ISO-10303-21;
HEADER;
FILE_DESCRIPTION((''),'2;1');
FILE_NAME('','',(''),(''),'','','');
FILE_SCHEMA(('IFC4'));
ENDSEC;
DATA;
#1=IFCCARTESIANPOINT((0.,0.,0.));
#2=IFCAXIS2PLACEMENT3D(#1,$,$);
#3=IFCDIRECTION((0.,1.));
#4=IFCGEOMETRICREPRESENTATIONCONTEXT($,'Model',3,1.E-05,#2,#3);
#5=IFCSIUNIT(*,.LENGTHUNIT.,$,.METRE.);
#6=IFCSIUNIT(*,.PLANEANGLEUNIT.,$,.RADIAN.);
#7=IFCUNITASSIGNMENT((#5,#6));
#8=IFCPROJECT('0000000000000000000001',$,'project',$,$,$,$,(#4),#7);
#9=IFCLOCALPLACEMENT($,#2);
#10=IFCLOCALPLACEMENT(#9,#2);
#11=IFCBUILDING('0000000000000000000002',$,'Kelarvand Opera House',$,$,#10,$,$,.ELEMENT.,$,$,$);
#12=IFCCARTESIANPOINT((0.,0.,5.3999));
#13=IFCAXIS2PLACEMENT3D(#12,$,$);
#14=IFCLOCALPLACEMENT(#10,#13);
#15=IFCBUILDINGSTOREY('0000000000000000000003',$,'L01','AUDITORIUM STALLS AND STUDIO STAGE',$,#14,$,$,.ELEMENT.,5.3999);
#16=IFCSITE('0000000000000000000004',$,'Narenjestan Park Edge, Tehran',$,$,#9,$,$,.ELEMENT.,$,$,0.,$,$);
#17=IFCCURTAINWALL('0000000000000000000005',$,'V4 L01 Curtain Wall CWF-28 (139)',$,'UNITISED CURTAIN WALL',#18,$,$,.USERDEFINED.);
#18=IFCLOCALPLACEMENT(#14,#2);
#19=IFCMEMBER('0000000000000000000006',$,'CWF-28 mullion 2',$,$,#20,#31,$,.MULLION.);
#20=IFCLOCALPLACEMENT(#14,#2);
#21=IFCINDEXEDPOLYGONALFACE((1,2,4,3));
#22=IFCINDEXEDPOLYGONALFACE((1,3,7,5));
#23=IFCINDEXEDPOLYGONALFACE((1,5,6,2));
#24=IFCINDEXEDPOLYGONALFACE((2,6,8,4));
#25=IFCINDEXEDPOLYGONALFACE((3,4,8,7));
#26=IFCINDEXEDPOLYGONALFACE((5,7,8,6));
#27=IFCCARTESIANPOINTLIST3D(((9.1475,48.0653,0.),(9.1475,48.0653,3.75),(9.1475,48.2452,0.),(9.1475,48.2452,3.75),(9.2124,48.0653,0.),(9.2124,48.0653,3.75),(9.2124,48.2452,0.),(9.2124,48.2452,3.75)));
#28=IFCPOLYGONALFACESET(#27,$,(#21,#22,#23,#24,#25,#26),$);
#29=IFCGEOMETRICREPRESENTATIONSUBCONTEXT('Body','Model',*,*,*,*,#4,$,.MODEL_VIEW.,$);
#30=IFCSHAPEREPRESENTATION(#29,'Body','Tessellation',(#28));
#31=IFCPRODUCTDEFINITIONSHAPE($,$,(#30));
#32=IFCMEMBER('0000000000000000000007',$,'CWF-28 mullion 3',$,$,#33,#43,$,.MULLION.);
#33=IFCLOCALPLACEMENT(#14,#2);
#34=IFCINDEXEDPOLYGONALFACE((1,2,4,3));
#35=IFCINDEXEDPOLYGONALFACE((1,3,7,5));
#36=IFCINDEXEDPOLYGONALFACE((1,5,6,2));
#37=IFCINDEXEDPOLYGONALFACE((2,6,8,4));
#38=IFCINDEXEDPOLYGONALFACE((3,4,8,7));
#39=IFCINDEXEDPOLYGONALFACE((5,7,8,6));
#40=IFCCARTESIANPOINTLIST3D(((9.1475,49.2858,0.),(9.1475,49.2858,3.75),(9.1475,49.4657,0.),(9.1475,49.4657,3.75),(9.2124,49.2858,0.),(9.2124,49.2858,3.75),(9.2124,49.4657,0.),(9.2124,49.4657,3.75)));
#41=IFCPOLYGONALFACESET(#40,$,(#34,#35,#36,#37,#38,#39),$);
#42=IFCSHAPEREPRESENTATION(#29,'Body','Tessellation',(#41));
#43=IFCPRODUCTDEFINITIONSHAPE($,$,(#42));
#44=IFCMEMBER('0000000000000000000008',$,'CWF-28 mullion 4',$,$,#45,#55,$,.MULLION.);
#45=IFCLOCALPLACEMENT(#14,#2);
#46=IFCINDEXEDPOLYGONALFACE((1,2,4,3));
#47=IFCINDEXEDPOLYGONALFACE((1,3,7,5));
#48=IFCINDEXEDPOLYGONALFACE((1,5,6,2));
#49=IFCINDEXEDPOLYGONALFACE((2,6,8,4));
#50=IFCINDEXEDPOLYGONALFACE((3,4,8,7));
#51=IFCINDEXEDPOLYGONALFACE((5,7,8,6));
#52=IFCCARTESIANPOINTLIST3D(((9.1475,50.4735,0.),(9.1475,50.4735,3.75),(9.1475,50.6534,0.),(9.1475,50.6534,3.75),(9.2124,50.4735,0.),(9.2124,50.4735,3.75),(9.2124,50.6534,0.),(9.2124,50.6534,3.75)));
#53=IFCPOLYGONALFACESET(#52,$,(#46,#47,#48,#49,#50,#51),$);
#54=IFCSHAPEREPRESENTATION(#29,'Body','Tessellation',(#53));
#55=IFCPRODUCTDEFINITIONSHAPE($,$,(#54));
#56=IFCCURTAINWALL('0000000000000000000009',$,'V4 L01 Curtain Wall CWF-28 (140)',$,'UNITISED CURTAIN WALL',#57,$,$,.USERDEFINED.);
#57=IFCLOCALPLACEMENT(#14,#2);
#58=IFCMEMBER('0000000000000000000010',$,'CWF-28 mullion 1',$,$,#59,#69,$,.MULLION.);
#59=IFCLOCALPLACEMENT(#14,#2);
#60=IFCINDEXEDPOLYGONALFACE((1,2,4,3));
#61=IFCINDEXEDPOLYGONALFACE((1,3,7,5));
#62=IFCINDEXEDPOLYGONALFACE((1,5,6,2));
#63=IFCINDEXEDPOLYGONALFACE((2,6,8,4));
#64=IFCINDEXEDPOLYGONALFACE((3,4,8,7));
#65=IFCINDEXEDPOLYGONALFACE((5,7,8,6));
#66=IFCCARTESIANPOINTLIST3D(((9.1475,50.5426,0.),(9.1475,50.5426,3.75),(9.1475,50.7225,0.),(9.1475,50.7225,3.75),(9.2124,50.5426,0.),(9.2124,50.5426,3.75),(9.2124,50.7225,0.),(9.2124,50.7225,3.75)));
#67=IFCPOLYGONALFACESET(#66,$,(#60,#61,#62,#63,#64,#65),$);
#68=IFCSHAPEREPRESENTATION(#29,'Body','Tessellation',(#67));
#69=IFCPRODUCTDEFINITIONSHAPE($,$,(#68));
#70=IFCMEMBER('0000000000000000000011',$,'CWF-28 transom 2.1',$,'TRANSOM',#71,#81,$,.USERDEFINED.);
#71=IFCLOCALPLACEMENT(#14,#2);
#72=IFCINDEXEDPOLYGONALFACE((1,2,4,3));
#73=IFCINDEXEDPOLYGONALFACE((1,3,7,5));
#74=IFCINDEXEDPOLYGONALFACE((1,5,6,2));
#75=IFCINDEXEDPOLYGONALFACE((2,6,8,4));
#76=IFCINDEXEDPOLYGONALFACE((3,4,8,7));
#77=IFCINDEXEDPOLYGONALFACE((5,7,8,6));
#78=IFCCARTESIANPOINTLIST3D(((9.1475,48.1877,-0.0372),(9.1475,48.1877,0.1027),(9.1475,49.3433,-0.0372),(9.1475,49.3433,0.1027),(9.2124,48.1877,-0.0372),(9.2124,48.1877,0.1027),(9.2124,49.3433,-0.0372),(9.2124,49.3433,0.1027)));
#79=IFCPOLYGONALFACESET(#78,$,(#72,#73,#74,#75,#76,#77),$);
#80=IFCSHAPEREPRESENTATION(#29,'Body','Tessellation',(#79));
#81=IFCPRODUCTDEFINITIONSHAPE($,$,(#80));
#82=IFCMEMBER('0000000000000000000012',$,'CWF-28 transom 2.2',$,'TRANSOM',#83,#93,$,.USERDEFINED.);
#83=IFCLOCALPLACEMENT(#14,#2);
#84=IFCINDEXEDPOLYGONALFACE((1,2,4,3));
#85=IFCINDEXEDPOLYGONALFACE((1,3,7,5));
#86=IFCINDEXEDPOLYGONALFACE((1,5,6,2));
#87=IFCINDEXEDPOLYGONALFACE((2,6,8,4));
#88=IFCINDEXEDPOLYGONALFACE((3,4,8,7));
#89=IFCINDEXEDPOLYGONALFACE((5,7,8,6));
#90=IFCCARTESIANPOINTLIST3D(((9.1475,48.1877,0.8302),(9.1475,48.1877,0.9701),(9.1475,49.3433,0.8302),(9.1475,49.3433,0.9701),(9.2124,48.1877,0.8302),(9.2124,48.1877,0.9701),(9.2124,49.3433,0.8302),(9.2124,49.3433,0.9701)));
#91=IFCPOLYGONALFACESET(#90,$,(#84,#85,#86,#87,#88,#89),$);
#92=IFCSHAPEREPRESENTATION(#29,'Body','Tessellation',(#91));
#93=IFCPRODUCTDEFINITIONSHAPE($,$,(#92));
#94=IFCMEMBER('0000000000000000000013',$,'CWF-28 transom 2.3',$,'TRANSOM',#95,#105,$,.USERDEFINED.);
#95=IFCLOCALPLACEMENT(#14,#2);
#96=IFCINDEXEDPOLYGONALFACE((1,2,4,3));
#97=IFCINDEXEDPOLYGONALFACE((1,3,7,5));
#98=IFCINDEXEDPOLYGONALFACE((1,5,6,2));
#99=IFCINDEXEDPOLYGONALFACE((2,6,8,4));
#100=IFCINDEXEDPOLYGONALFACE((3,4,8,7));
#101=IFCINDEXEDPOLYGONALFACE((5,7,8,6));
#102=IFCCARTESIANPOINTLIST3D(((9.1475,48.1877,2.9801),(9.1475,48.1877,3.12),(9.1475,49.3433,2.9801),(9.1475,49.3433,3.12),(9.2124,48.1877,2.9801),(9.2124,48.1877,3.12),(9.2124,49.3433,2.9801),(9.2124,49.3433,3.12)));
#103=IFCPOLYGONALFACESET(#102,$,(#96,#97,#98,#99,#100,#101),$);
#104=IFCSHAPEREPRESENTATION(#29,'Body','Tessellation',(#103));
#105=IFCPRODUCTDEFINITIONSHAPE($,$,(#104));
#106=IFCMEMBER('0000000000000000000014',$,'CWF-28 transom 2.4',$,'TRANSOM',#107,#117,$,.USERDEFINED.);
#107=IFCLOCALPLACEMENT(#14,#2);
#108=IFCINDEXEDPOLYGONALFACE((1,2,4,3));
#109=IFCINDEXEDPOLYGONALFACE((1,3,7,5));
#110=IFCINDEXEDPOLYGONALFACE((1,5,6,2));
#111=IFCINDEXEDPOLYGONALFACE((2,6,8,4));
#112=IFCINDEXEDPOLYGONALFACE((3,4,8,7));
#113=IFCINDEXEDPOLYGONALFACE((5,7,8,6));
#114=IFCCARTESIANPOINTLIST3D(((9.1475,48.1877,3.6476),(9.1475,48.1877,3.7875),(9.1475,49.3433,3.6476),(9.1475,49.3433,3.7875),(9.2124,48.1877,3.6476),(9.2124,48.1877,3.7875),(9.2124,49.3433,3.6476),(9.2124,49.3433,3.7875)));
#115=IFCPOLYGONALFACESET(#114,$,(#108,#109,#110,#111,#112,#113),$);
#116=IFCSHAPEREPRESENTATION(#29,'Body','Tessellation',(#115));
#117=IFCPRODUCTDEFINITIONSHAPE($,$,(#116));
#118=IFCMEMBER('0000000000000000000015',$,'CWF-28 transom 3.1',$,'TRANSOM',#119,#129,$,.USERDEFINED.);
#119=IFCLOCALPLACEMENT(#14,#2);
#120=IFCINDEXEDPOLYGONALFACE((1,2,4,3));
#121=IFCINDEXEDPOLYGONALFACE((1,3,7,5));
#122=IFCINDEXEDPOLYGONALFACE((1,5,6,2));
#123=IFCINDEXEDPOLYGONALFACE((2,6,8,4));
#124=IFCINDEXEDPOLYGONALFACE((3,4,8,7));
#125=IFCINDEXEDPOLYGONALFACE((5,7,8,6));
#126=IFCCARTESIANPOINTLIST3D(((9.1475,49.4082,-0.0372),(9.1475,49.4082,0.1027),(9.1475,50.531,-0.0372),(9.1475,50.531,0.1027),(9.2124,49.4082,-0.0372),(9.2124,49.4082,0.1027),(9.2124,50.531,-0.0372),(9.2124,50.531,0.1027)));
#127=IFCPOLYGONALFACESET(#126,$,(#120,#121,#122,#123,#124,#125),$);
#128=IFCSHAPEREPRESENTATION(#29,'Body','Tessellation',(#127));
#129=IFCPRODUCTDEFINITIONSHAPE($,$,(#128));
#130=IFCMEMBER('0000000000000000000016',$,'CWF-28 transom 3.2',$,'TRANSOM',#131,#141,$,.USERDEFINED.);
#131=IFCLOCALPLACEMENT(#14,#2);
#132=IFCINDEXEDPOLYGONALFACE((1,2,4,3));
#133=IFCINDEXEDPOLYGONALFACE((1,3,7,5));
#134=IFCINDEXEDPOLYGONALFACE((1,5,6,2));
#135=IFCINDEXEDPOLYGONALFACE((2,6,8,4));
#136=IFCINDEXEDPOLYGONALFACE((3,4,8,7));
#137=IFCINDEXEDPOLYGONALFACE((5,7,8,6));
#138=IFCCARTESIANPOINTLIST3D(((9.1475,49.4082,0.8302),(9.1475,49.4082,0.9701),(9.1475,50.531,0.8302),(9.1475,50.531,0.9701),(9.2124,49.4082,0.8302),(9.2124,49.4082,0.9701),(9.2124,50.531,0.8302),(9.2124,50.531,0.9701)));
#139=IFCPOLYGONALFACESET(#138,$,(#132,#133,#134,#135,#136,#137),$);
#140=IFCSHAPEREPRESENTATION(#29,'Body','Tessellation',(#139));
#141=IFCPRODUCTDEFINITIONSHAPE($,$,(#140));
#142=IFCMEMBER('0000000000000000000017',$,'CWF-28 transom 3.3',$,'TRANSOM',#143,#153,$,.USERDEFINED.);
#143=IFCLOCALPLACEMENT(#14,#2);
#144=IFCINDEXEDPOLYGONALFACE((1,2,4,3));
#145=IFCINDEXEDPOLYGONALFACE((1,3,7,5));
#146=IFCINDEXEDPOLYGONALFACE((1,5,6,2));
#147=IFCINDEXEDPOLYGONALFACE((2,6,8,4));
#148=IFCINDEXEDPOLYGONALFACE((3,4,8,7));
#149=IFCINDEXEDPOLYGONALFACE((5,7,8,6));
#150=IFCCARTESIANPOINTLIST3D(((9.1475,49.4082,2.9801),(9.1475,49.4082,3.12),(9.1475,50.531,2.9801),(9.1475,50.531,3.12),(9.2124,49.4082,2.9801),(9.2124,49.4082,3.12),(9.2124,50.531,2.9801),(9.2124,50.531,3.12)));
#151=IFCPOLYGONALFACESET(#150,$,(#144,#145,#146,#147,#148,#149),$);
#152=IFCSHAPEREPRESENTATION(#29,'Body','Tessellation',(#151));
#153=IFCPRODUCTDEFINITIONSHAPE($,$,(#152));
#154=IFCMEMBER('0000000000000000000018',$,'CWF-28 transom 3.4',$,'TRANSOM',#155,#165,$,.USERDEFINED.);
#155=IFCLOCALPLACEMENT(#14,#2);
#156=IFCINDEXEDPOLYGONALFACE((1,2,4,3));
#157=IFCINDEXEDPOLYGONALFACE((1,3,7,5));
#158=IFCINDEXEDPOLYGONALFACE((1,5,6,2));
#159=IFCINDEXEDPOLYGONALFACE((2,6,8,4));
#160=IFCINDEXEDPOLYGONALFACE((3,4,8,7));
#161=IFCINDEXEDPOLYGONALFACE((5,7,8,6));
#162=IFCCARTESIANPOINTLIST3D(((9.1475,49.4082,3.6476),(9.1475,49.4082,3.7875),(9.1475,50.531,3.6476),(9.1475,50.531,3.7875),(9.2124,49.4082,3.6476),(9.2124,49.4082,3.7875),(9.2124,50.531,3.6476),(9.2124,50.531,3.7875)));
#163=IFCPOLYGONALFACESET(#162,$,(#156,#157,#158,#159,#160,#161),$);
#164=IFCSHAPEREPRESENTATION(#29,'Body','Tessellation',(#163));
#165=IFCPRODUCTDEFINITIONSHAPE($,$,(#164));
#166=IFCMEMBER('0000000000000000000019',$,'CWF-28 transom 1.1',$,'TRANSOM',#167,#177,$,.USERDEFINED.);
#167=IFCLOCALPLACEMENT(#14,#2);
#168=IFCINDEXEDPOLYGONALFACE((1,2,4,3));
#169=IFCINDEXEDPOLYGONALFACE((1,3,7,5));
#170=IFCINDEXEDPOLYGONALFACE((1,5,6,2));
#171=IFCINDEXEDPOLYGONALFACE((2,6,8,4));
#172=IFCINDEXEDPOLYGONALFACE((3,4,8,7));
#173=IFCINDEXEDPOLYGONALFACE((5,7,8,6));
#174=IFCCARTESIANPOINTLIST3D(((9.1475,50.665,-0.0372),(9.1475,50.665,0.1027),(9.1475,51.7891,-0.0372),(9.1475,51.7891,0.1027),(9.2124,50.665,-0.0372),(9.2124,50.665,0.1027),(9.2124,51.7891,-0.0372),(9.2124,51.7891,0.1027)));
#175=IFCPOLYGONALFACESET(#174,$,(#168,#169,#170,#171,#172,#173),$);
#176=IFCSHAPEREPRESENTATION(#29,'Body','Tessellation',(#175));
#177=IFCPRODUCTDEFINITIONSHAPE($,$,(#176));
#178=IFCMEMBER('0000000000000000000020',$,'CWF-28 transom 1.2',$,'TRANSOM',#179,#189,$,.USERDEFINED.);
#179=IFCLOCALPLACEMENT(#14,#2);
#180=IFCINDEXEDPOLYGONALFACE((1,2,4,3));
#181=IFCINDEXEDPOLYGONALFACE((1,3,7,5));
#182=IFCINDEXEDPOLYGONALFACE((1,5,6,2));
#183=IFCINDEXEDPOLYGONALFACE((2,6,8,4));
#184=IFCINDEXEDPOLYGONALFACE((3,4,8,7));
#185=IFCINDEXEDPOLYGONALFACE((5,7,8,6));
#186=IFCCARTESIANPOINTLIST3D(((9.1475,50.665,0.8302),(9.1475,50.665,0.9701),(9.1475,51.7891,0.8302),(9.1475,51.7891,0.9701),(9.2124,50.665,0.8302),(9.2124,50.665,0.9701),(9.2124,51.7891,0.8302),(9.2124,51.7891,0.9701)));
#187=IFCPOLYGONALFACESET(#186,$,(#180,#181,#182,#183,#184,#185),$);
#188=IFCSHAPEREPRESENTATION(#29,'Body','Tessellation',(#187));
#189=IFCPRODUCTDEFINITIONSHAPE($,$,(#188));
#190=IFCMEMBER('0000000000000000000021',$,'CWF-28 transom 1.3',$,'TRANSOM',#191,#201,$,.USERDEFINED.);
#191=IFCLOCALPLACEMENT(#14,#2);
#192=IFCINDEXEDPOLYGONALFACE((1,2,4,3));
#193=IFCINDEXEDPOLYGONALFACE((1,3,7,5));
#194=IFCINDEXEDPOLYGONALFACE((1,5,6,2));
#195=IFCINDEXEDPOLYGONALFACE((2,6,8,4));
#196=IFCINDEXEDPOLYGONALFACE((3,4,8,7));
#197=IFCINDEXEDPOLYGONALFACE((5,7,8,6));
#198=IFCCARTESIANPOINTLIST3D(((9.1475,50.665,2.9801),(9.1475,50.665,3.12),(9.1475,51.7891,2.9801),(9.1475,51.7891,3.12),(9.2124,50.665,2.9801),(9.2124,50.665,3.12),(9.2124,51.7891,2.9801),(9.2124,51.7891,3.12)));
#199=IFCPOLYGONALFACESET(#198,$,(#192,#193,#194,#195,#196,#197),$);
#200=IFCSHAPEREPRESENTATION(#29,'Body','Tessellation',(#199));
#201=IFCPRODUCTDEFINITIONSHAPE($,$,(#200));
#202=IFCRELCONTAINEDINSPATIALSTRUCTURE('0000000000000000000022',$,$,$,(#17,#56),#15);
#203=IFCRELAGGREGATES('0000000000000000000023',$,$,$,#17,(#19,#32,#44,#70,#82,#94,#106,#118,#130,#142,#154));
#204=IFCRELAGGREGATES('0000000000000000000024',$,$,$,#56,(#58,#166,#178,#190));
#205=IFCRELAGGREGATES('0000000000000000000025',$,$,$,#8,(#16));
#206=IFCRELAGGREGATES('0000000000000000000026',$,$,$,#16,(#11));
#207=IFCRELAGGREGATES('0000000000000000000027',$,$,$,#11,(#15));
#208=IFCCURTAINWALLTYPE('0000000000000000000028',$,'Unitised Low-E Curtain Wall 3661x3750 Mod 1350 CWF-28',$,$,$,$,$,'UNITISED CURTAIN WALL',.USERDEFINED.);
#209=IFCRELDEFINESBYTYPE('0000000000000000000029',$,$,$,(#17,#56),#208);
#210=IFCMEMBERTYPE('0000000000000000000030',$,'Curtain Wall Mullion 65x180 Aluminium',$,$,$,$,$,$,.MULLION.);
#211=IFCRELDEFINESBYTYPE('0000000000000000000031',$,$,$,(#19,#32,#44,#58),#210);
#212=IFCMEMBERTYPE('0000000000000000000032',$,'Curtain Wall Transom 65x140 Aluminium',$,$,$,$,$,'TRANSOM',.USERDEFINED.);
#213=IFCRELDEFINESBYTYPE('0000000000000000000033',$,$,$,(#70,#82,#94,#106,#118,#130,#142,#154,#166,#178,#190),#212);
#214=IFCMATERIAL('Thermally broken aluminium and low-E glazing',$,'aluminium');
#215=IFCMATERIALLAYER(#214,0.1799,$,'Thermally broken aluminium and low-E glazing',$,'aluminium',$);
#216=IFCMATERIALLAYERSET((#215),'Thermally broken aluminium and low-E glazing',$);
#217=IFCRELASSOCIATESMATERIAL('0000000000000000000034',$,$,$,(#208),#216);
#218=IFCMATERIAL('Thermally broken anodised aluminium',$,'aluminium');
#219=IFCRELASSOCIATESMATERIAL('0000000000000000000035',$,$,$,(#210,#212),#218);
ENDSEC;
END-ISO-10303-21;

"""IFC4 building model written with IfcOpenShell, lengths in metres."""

from ifc_helpers import new_model, si_unit, direction, frame, origin, origin_2d, place, context, subcontext, project, spatial, rectangle, extrude, material, layer, layer_set, material_profile, profile_set, type_object, element, aggregate, save


model = new_model("IFC4")

# Units and contexts
model_context = context("Model", 3, precision=1e-05, world=origin(), true_north=direction((0.0, 1.0)))
body_context = subcontext(model_context, "Body", "Model", "MODEL_VIEW")
ifc_project = project(units=[si_unit("LENGTHUNIT", "METRE"), si_unit("PLANEANGLEUNIT", "RADIAN")], contexts=[model_context])

# Site, building, storey
site_placement = place(None, origin())
site = spatial("IfcSite", under=ifc_project, at=site_placement, Name="Narenjestan Park Edge, Tehran", CompositionType="ELEMENT", RefElevation=0.0)
building_placement = place(site_placement, origin())
building = spatial("IfcBuilding", under=site, at=building_placement, Name="Kelarvand Opera House", CompositionType="ELEMENT")
storey_placement = place(building_placement, frame((0.0, 0.0, 5.3999)))
storey = spatial("IfcBuildingStorey", under=building, at=storey_placement, Name="L01", Description="AUDITORIUM STALLS AND STUDIO STAGE", CompositionType="ELEMENT", Elevation=5.3999)

# Curtain wall, members
ifc_material_1 = material(Name="Thermally broken aluminium and low-E glazing", Category="aluminium")
ifc_layer_1 = layer(ifc_material_1, 0.1799, Name="Thermally broken aluminium and low-E glazing", Category="aluminium")
ifc_layer_set_1 = layer_set([ifc_layer_1], Name="Thermally broken aluminium and low-E glazing")
curtain_wall_type = type_object("IfcCurtainWallType", Name="Unitised Low-E Curtain Wall 3661x3750 Mod 1350 CWF-28", ElementType="UNITISED CURTAIN WALL", PredefinedType="USERDEFINED", material=ifc_layer_set_1)
curtain_wall_1_placement = place(storey_placement, origin())
curtain_wall_1 = element("IfcCurtainWall", 1, at=curtain_wall_1_placement, inside=storey, type_object=curtain_wall_type, Name="V4 L01 Curtain Wall CWF-28 (139)", ObjectType="UNITISED CURTAIN WALL", PredefinedType="USERDEFINED")
ifc_material_2 = material(Name="Thermally broken anodised aluminium", Category="aluminium")
ifc_material_profile_1 = material_profile(ifc_material_2, rectangle(XDim=0.0649, YDim=0.1799, at=origin_2d()), Name="ALU MULLION 65x180", Category="aluminium")
ifc_profile_set_1 = profile_set([ifc_material_profile_1], Name="Thermally broken anodised aluminium")
member_type_1 = type_object("IfcMemberType", Name="Curtain Wall Mullion 65x180 Aluminium", PredefinedType="MULLION", material=ifc_profile_set_1)
member_1_placement = place(storey_placement, frame((9.1799, 48.1553, 0.0), z_axis=(0.0, 0.0, 1.0), x_axis=(-1.0, 0.0, 0.0)))
member_1 = element("IfcMember", 2, at=member_1_placement, type_object=member_type_1, Name="CWF-28 mullion 2", PredefinedType="MULLION", context=body_context, shape_type="SweptSolid", body=[
    extrude(rectangle(XDim=0.0649, YDim=0.1799, at=origin_2d()), origin(), (0.0, 0.0, 1.0), 3.75),
])
member_2_placement = place(storey_placement, frame((9.1799, 49.3757, 0.0), z_axis=(0.0, 0.0, 1.0), x_axis=(-1.0, 0.0, 0.0)))
member_2 = element("IfcMember", 3, at=member_2_placement, type_object=member_type_1, Name="CWF-28 mullion 3", PredefinedType="MULLION", context=body_context, shape_type="SweptSolid", body=[
    extrude(rectangle(XDim=0.0649, YDim=0.1799, at=origin_2d()), origin(), (0.0, 0.0, 1.0), 3.75),
])
member_3_placement = place(storey_placement, frame((9.1799, 50.5635, 0.0), z_axis=(0.0, 0.0, 1.0), x_axis=(-1.0, 0.0, 0.0)))
member_3 = element("IfcMember", 4, at=member_3_placement, type_object=member_type_1, Name="CWF-28 mullion 4", PredefinedType="MULLION", context=body_context, shape_type="SweptSolid", body=[
    extrude(rectangle(XDim=0.0649, YDim=0.1799, at=origin_2d()), origin(), (0.0, 0.0, 1.0), 3.75),
])

# Curtain wall, member
curtain_wall_2_placement = place(storey_placement, origin())
curtain_wall_2 = element("IfcCurtainWall", 5, at=curtain_wall_2_placement, inside=storey, type_object=curtain_wall_type, Name="V4 L01 Curtain Wall CWF-28 (140)", ObjectType="UNITISED CURTAIN WALL", PredefinedType="USERDEFINED")
member_4_placement = place(storey_placement, frame((9.1799, 50.6326, 0.0), z_axis=(0.0, 0.0, 1.0), x_axis=(-1.0, 0.0, 0.0)))
member_4 = element("IfcMember", 6, at=member_4_placement, type_object=member_type_1, Name="CWF-28 mullion 1", PredefinedType="MULLION", context=body_context, shape_type="SweptSolid", body=[
    extrude(rectangle(XDim=0.0649, YDim=0.1799, at=origin_2d()), origin(), (0.0, 0.0, 1.0), 3.75),
])

# Members
ifc_material_profile_2 = material_profile(ifc_material_2, rectangle(XDim=0.0649, YDim=0.1399, at=origin_2d()), Name="ALU TRANSOM 65x140", Category="aluminium")
ifc_profile_set_2 = profile_set([ifc_material_profile_2], Name="Thermally broken anodised aluminium")
member_type_2 = type_object("IfcMemberType", Name="Curtain Wall Transom 65x140 Aluminium", ElementType="TRANSOM", PredefinedType="USERDEFINED", material=ifc_profile_set_2)
member_5_placement = place(storey_placement, frame((9.1799, 48.1877, 0.0327), z_axis=(0.0, 1.0, 0.0), x_axis=(-1.0, 0.0, 0.0)))
member_5 = element("IfcMember", 7, at=member_5_placement, type_object=member_type_2, Name="CWF-28 transom 2.1", ObjectType="TRANSOM", PredefinedType="USERDEFINED", context=body_context, shape_type="SweptSolid", body=[
    extrude(rectangle(XDim=0.0649, YDim=0.1399, at=origin_2d()), origin(), (0.0, 0.0, 1.0), 1.1555),
])
member_6_placement = place(storey_placement, frame((9.1799, 48.1877, 0.9001), z_axis=(0.0, 1.0, 0.0), x_axis=(-1.0, 0.0, 0.0)))
member_6 = element("IfcMember", 8, at=member_6_placement, type_object=member_type_2, Name="CWF-28 transom 2.2", ObjectType="TRANSOM", PredefinedType="USERDEFINED", context=body_context, shape_type="SweptSolid", body=[
    extrude(rectangle(XDim=0.0649, YDim=0.1399, at=origin_2d()), origin(), (0.0, 0.0, 1.0), 1.1555),
])
member_7_placement = place(storey_placement, frame((9.1799, 48.1877, 3.05), z_axis=(0.0, 1.0, 0.0), x_axis=(-1.0, 0.0, 0.0)))
member_7 = element("IfcMember", 9, at=member_7_placement, type_object=member_type_2, Name="CWF-28 transom 2.3", ObjectType="TRANSOM", PredefinedType="USERDEFINED", context=body_context, shape_type="SweptSolid", body=[
    extrude(rectangle(XDim=0.0649, YDim=0.1399, at=origin_2d()), origin(), (0.0, 0.0, 1.0), 1.1555),
])
member_8_placement = place(storey_placement, frame((9.1799, 48.1877, 3.7175), z_axis=(0.0, 1.0, 0.0), x_axis=(-1.0, 0.0, 0.0)))
member_8 = element("IfcMember", 10, at=member_8_placement, type_object=member_type_2, Name="CWF-28 transom 2.4", ObjectType="TRANSOM", PredefinedType="USERDEFINED", context=body_context, shape_type="SweptSolid", body=[
    extrude(rectangle(XDim=0.0649, YDim=0.1399, at=origin_2d()), origin(), (0.0, 0.0, 1.0), 1.1555),
])
member_9_placement = place(storey_placement, frame((9.1799, 49.4082, 0.0327), z_axis=(0.0, 1.0, 0.0), x_axis=(-1.0, 0.0, 0.0)))
member_9 = element("IfcMember", 11, at=member_9_placement, type_object=member_type_2, Name="CWF-28 transom 3.1", ObjectType="TRANSOM", PredefinedType="USERDEFINED", context=body_context, shape_type="SweptSolid", body=[
    extrude(rectangle(XDim=0.0649, YDim=0.1399, at=origin_2d()), origin(), (0.0, 0.0, 1.0), 1.1228),
])
member_10_placement = place(storey_placement, frame((9.1799, 49.4082, 0.9001), z_axis=(0.0, 1.0, 0.0), x_axis=(-1.0, 0.0, 0.0)))
member_10 = element("IfcMember", 12, at=member_10_placement, type_object=member_type_2, Name="CWF-28 transom 3.2", ObjectType="TRANSOM", PredefinedType="USERDEFINED", context=body_context, shape_type="SweptSolid", body=[
    extrude(rectangle(XDim=0.0649, YDim=0.1399, at=origin_2d()), origin(), (0.0, 0.0, 1.0), 1.1228),
])
member_11_placement = place(storey_placement, frame((9.1799, 49.4082, 3.05), z_axis=(0.0, 1.0, 0.0), x_axis=(-1.0, 0.0, 0.0)))
member_11 = element("IfcMember", 13, at=member_11_placement, type_object=member_type_2, Name="CWF-28 transom 3.3", ObjectType="TRANSOM", PredefinedType="USERDEFINED", context=body_context, shape_type="SweptSolid", body=[
    extrude(rectangle(XDim=0.0649, YDim=0.1399, at=origin_2d()), origin(), (0.0, 0.0, 1.0), 1.1228),
])
member_12_placement = place(storey_placement, frame((9.1799, 49.4082, 3.7175), z_axis=(0.0, 1.0, 0.0), x_axis=(-1.0, 0.0, 0.0)))
member_12 = element("IfcMember", 14, at=member_12_placement, type_object=member_type_2, Name="CWF-28 transom 3.4", ObjectType="TRANSOM", PredefinedType="USERDEFINED", context=body_context, shape_type="SweptSolid", body=[
    extrude(rectangle(XDim=0.0649, YDim=0.1399, at=origin_2d()), origin(), (0.0, 0.0, 1.0), 1.1228),
])
member_13_placement = place(storey_placement, frame((9.1799, 50.665, 0.0327), z_axis=(0.0, 1.0, 0.0), x_axis=(-1.0, 0.0, 0.0)))
member_13 = element("IfcMember", 15, at=member_13_placement, type_object=member_type_2, Name="CWF-28 transom 1.1", ObjectType="TRANSOM", PredefinedType="USERDEFINED", context=body_context, shape_type="SweptSolid", body=[
    extrude(rectangle(XDim=0.0649, YDim=0.1399, at=origin_2d()), origin(), (0.0, 0.0, 1.0), 1.124),
])
member_14_placement = place(storey_placement, frame((9.1799, 50.665, 0.9001), z_axis=(0.0, 1.0, 0.0), x_axis=(-1.0, 0.0, 0.0)))
member_14 = element("IfcMember", 16, at=member_14_placement, type_object=member_type_2, Name="CWF-28 transom 1.2", ObjectType="TRANSOM", PredefinedType="USERDEFINED", context=body_context, shape_type="SweptSolid", body=[
    extrude(rectangle(XDim=0.0649, YDim=0.1399, at=origin_2d()), origin(), (0.0, 0.0, 1.0), 1.124),
])
member_15_placement = place(storey_placement, frame((9.1799, 50.665, 3.05), z_axis=(0.0, 1.0, 0.0), x_axis=(-1.0, 0.0, 0.0)))
member_15 = element("IfcMember", 17, at=member_15_placement, type_object=member_type_2, Name="CWF-28 transom 1.3", ObjectType="TRANSOM", PredefinedType="USERDEFINED", context=body_context, shape_type="SweptSolid", body=[
    extrude(rectangle(XDim=0.0649, YDim=0.1399, at=origin_2d()), origin(), (0.0, 0.0, 1.0), 1.124),
])

aggregate(curtain_wall_1, [member_1, member_2, member_3, member_5, member_6, member_7, member_8, member_9, member_10, member_11, member_12])
aggregate(curtain_wall_2, [member_4, member_13, member_14, member_15])

save(model, "model.ifc")
